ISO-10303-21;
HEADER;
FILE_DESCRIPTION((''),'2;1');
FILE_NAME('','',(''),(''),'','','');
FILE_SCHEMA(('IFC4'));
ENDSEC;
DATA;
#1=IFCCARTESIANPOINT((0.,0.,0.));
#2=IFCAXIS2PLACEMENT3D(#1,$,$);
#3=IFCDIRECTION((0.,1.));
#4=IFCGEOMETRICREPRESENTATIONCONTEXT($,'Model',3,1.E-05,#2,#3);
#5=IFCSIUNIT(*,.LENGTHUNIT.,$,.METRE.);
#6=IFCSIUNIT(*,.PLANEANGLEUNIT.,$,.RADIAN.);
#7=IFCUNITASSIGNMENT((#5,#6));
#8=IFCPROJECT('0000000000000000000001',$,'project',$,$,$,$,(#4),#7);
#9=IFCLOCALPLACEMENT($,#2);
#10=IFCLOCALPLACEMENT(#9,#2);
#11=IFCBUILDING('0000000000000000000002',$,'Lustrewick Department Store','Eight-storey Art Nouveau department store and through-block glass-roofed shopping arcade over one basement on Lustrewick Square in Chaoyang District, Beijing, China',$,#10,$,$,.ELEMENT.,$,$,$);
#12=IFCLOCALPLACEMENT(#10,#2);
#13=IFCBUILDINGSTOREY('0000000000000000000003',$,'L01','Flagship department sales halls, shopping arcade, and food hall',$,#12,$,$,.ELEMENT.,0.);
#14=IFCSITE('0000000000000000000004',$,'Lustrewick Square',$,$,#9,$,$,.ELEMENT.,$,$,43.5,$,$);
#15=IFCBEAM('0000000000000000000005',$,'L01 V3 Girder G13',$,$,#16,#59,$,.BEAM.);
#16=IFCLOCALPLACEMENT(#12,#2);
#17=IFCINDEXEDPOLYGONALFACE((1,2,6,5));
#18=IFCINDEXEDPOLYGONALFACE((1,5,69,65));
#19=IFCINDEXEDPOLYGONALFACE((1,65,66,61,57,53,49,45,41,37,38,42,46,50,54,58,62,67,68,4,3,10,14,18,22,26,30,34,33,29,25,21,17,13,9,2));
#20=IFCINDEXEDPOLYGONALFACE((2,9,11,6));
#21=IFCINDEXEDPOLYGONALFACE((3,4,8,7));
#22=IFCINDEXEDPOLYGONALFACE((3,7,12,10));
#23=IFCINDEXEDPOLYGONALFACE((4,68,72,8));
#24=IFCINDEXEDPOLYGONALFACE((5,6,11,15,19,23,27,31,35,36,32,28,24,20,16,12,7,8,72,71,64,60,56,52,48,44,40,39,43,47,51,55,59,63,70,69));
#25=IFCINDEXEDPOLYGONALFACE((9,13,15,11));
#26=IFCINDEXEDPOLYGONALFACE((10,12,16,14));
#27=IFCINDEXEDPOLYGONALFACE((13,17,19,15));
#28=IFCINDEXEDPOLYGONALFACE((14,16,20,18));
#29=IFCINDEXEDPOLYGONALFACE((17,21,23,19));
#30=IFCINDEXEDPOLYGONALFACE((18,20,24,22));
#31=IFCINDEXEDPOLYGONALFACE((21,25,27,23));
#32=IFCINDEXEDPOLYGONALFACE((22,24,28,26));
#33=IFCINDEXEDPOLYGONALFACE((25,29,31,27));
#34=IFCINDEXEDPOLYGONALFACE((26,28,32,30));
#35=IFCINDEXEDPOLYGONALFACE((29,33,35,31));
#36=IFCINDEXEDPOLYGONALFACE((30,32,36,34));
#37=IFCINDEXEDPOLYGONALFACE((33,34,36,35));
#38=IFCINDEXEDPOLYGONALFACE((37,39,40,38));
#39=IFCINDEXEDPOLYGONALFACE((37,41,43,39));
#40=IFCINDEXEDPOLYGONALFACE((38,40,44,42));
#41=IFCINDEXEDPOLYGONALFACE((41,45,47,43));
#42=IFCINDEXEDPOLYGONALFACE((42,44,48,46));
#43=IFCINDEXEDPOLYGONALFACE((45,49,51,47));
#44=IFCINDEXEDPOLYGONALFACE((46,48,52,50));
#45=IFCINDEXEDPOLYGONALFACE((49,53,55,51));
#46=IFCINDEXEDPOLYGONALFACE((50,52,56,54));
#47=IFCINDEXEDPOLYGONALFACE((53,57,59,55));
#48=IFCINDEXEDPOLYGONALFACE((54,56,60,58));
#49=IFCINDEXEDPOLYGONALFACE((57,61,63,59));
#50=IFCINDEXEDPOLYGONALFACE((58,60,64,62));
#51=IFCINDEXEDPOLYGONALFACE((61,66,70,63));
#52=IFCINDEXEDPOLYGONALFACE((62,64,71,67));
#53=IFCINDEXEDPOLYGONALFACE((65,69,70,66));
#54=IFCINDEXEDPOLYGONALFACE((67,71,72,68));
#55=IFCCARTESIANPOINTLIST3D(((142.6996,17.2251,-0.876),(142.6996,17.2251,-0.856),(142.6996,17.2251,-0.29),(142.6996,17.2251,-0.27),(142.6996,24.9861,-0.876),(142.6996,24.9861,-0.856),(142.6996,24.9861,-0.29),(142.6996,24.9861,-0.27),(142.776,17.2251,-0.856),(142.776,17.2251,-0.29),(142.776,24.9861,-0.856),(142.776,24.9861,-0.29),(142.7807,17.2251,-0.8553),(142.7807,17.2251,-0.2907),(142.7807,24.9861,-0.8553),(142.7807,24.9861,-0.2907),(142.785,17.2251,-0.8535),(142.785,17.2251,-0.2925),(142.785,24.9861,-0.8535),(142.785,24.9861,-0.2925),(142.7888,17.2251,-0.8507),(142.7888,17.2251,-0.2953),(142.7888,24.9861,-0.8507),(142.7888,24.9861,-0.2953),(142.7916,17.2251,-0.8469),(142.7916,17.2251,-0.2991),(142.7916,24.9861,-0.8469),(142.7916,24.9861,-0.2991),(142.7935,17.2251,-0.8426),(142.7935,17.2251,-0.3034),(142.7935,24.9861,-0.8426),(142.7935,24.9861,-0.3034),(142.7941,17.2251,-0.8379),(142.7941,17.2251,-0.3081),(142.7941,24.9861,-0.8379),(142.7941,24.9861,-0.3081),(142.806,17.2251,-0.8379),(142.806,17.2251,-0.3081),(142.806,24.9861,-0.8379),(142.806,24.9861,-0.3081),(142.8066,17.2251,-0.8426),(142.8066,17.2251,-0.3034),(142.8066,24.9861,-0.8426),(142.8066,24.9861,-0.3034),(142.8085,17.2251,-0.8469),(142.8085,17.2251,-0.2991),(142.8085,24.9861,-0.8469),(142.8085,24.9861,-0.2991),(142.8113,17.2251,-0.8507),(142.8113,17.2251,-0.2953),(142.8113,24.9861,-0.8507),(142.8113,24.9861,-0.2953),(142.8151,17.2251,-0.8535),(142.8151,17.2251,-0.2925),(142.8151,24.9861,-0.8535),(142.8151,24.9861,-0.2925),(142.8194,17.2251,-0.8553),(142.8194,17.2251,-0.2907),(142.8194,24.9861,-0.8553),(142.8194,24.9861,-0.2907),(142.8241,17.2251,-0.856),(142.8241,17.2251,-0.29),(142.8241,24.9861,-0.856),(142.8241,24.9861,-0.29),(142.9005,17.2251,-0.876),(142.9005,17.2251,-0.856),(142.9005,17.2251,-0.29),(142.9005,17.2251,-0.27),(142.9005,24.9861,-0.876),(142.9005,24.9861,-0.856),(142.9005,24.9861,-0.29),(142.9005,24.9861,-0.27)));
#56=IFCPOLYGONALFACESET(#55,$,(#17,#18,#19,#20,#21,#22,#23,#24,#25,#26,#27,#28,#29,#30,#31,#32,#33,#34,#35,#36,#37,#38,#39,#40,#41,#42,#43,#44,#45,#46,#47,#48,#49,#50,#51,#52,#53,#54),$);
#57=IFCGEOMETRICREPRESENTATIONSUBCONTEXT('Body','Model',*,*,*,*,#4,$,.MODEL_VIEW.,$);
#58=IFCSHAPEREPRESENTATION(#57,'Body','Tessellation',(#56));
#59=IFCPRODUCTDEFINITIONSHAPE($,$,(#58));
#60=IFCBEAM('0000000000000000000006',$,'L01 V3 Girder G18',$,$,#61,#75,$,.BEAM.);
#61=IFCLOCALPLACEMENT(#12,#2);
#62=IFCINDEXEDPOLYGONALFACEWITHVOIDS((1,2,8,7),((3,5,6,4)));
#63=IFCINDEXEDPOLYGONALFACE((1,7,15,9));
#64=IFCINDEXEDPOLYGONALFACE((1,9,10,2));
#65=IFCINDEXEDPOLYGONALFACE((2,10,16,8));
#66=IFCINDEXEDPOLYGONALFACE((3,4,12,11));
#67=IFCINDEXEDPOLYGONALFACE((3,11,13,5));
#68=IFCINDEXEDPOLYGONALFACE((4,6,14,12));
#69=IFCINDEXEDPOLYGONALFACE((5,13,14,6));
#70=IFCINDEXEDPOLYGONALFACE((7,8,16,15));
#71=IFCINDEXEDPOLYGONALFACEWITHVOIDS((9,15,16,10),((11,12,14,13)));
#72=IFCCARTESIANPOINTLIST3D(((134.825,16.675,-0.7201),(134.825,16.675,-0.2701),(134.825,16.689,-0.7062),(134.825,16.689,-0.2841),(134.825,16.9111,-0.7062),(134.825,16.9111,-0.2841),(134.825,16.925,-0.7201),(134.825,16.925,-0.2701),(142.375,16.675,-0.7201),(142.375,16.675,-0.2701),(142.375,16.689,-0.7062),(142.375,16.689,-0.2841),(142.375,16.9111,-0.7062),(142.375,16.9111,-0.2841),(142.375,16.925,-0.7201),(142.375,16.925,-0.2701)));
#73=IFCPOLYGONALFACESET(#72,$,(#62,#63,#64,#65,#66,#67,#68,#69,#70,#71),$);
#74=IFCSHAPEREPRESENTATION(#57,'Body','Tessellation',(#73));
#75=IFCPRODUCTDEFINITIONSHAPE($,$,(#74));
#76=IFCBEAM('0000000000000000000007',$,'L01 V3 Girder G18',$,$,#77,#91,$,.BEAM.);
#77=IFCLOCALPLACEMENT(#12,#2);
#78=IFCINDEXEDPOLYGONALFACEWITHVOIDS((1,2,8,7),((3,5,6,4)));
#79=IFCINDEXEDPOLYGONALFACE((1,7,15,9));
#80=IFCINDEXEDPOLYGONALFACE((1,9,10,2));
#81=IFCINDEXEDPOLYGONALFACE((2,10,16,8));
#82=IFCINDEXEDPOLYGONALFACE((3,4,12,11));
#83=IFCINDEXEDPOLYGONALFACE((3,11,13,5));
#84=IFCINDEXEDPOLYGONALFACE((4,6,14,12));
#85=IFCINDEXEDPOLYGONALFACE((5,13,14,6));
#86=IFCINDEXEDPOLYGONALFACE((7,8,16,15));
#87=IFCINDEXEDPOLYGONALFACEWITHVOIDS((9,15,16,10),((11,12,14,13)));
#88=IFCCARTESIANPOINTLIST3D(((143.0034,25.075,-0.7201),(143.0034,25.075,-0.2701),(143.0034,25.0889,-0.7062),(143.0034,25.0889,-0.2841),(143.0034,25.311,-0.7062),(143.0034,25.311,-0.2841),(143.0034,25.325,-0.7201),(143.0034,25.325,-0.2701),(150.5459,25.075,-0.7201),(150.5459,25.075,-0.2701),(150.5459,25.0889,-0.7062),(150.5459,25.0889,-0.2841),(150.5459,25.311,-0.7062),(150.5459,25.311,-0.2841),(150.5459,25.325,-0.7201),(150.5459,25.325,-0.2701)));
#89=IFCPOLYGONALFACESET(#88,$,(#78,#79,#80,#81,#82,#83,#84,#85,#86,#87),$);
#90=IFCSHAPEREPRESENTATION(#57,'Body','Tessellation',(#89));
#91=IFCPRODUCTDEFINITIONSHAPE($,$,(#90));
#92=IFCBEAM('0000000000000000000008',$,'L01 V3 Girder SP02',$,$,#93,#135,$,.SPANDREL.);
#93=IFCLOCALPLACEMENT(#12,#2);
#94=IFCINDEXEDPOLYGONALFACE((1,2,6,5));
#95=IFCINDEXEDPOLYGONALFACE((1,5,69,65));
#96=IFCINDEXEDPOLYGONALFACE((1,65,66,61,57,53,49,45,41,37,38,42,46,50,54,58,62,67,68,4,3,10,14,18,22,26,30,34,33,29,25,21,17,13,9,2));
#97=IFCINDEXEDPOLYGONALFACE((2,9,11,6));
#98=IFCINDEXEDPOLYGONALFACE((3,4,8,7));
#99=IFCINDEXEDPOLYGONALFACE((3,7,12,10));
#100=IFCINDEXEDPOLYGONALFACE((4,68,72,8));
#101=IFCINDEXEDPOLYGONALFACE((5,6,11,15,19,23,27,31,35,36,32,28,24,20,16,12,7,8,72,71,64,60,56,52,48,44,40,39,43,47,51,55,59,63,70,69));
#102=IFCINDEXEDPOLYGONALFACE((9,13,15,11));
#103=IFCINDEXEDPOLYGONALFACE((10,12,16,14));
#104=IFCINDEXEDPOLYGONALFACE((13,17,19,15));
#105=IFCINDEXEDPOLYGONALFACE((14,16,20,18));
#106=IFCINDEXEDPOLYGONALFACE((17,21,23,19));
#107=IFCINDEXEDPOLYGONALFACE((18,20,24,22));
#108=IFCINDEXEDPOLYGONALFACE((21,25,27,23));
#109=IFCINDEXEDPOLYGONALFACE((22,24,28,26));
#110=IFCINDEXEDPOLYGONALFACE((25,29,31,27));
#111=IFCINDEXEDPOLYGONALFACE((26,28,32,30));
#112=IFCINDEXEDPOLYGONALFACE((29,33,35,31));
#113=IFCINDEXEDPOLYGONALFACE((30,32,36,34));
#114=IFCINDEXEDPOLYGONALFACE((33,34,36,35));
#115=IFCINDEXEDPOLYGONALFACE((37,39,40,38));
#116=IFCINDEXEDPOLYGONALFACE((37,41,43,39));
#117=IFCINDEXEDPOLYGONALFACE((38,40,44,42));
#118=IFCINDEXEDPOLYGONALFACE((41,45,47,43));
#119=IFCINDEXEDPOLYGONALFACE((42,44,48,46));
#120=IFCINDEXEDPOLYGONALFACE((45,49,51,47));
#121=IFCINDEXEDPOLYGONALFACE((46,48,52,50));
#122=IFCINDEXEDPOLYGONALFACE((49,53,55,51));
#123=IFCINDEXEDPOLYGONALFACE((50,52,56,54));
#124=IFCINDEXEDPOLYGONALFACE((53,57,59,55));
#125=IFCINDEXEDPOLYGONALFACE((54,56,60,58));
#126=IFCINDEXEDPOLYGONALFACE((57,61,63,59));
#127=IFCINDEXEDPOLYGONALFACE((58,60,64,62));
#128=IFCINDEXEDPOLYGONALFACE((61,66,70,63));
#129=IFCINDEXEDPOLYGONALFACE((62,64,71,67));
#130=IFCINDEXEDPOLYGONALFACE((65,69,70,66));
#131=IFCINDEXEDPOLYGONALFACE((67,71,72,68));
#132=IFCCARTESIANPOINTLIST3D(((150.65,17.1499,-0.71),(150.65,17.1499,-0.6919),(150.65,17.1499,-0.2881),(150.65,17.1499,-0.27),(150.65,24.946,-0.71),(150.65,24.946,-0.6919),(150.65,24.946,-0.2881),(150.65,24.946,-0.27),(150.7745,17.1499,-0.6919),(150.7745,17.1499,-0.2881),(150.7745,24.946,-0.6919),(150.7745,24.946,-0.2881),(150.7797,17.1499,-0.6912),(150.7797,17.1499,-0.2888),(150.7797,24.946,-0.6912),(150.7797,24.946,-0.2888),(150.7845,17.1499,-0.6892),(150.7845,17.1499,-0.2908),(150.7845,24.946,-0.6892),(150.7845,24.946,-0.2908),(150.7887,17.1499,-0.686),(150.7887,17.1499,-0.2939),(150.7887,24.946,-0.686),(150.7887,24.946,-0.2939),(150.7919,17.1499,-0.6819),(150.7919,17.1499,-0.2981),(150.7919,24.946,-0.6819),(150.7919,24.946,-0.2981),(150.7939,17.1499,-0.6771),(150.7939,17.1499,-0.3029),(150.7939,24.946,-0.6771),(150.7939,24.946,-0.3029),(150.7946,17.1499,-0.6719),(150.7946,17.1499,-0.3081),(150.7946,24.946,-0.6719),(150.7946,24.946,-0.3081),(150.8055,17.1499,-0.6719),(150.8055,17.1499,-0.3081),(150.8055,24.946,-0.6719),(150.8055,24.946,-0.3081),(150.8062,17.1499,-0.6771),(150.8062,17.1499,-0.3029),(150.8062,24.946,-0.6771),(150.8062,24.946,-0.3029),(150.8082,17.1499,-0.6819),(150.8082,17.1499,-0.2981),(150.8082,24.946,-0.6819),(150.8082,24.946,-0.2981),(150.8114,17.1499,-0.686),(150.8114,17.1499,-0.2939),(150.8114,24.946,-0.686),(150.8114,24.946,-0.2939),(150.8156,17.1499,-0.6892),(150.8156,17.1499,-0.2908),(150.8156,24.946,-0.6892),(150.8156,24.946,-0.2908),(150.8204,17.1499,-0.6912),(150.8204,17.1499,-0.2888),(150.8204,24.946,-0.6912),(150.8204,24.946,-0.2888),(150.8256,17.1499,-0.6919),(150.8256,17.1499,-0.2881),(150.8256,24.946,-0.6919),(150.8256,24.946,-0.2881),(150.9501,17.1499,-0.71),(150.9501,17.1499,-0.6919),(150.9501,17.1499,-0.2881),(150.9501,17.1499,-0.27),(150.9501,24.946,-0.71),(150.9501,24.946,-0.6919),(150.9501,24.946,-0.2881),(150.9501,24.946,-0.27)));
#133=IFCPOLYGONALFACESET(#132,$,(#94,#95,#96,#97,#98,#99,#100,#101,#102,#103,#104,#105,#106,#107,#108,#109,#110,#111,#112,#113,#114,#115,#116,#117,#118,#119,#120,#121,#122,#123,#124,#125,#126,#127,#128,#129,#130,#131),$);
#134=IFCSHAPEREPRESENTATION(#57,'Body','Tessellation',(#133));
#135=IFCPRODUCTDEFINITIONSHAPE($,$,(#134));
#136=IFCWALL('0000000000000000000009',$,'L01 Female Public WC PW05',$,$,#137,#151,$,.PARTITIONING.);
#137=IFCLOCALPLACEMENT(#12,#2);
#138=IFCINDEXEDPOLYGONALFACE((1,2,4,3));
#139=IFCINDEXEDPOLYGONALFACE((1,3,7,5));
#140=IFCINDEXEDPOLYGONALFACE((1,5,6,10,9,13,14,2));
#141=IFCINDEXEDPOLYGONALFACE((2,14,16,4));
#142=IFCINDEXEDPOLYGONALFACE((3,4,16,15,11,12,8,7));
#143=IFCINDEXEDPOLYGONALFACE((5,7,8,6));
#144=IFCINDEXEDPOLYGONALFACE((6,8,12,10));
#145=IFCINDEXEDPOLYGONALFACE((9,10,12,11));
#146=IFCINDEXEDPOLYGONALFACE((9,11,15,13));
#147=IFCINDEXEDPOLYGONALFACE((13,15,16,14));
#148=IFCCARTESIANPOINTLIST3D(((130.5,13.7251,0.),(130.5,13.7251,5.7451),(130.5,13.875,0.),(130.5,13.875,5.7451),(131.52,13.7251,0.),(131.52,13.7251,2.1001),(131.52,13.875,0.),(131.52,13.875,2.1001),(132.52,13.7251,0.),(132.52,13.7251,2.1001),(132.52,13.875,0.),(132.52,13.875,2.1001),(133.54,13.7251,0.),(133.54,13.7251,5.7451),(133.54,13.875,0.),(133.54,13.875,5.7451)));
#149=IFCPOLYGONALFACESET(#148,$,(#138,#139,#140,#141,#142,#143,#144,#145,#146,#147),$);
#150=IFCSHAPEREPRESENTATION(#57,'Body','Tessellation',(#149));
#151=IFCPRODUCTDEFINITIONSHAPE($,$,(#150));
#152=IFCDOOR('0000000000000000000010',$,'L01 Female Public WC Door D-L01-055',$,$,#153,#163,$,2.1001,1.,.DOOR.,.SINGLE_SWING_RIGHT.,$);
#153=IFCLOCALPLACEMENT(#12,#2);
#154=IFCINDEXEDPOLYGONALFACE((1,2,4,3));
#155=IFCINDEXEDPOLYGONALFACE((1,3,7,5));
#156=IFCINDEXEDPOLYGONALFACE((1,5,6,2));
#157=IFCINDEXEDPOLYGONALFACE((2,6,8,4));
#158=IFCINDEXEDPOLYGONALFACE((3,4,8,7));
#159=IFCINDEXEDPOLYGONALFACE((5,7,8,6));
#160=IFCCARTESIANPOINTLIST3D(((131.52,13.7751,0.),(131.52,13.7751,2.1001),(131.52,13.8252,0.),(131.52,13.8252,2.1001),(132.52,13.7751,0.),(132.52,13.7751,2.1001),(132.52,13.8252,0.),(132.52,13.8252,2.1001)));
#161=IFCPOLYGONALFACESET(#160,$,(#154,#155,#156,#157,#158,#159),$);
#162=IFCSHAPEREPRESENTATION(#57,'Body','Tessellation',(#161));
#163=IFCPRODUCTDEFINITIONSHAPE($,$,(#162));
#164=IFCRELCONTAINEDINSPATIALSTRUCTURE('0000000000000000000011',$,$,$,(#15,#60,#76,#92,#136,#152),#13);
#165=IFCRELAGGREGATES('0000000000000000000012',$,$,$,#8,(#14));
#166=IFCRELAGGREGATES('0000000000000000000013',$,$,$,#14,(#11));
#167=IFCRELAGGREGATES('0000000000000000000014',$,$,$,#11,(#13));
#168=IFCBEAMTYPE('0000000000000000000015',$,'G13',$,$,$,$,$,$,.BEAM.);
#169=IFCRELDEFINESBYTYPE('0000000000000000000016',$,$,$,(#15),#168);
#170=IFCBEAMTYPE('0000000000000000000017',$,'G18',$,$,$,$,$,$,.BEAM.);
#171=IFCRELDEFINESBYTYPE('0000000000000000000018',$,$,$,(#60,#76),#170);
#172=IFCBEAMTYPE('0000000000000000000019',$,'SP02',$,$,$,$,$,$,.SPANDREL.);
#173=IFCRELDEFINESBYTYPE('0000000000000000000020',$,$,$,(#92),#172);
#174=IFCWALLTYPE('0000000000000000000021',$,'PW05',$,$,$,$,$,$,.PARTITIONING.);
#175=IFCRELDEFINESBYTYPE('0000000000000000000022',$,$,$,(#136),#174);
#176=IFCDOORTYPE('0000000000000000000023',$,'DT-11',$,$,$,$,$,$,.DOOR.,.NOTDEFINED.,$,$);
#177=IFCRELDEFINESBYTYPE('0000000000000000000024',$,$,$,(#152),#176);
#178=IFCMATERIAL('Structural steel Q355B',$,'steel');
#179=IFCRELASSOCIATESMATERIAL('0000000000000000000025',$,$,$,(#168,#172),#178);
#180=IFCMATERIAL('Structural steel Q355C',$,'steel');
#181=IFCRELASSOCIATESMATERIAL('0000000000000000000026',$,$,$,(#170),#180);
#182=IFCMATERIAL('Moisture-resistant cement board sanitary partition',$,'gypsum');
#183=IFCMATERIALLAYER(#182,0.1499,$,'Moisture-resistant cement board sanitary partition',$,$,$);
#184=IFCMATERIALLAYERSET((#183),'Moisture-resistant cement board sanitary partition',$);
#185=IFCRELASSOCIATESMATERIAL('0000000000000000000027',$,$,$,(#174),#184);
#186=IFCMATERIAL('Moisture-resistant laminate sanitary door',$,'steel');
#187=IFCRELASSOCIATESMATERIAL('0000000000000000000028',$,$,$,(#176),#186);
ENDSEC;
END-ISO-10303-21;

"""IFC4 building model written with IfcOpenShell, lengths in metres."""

from ifc_helpers import new_model, si_unit, direction, frame, frame_2d, origin, origin_2d, place, context, subcontext, project, spatial, rectangle, hollow_rectangle, i_section, extrude, material, layer, layer_set, material_profile, profile_set, type_object, element, fill, save


model = new_model("IFC4")

# Units and contexts
model_context = context("Model", 3, precision=1e-05, world=origin(), true_north=direction((0.0, 1.0)))
body_context = subcontext(model_context, "Body", "Model", "MODEL_VIEW")
ifc_project = project(units=[si_unit("LENGTHUNIT", "METRE"), si_unit("PLANEANGLEUNIT", "RADIAN")], contexts=[model_context])

# Site, building, storey
site_placement = place(None, origin())
site = spatial("IfcSite", under=ifc_project, at=site_placement, Name="Lustrewick Square", CompositionType="ELEMENT", RefElevation=43.5)
building_placement = place(site_placement, origin())
building = spatial("IfcBuilding", under=site, at=building_placement, Name="Lustrewick Department Store", Description="Eight-storey Art Nouveau department store and through-block glass-roofed shopping arcade over one basement on Lustrewick Square in Chaoyang District, Beijing, China", CompositionType="ELEMENT")
storey_placement = place(building_placement, origin())
storey = spatial("IfcBuildingStorey", under=building, at=storey_placement, Name="L01", Description="Flagship department sales halls, shopping arcade, and food hall", CompositionType="ELEMENT", Elevation=0.0)

# Shared definitions
ifc_material_1 = material(Name="Structural steel Q355C", Category="steel")
ifc_material_2 = material(Name="Structural steel Q355B", Category="steel")

# Beams
ifc_material_profile_1 = material_profile(ifc_material_2, i_section(OverallWidth=0.2009, OverallDepth=0.606, WebThickness=0.012, FlangeThickness=0.02, FilletRadius=0.0181, at=origin_2d()), Name="HN 606x201x12x20")
ifc_profile_set_1 = profile_set([ifc_material_profile_1], Name="Structural steel Q355B")
beam_type_1 = type_object("IfcBeamType", Name="G13", PredefinedType="BEAM", material=ifc_profile_set_1)
beam_1_placement = place(storey_placement, frame((142.8, 17.2251, -0.573), z_axis=(0.0, 1.0, 0.0), x_axis=(-1.0, 0.0, 0.0)))
element("IfcBeam", 1, at=beam_1_placement, inside=storey, type_object=beam_type_1, Name="L01 V3 Girder G13", PredefinedType="BEAM", context=body_context, shape_type="SweptSolid", body=[
    extrude(i_section(OverallWidth=0.2009, OverallDepth=0.606, WebThickness=0.012, FlangeThickness=0.02, FilletRadius=0.0181, at=origin_2d()), origin(), (0.0, 0.0, 1.0), 7.761),
])
ifc_material_profile_2 = material_profile(ifc_material_1, hollow_rectangle(XDim=0.25, YDim=0.45, WallThickness=0.0139, at=origin_2d()), Name="RHS 450x250x14")
ifc_profile_set_2 = profile_set([ifc_material_profile_2], Name="Structural steel Q355C")
beam_type_2 = type_object("IfcBeamType", Name="G18", PredefinedType="BEAM", material=ifc_profile_set_2)
beam_2_placement = place(storey_placement, frame((134.825, 16.8, -0.4951), z_axis=(1.0, 0.0, 0.0), x_axis=(0.0, 1.0, 0.0)))
element("IfcBeam", 2, at=beam_2_placement, inside=storey, type_object=beam_type_2, Name="L01 V3 Girder G18", PredefinedType="BEAM", context=body_context, shape_type="SweptSolid", body=[
    extrude(hollow_rectangle(XDim=0.25, YDim=0.45, WallThickness=0.0139, at=origin_2d()), origin(), (0.0, 0.0, 1.0), 7.55),
])
beam_3_placement = place(storey_placement, frame((143.0034, 25.2, -0.4951), z_axis=(1.0, 0.0, 0.0), x_axis=(0.0, 1.0, 0.0)))
element("IfcBeam", 3, at=beam_3_placement, inside=storey, type_object=beam_type_2, Name="L01 V3 Girder G18", PredefinedType="BEAM", context=body_context, shape_type="SweptSolid", body=[
    extrude(hollow_rectangle(XDim=0.25, YDim=0.45, WallThickness=0.0139, at=origin_2d()), origin(), (0.0, 0.0, 1.0), 7.5425),
])
ifc_material_profile_3 = material_profile(ifc_material_2, i_section(OverallWidth=0.3, OverallDepth=0.4399, WebThickness=0.011, FlangeThickness=0.0181, FilletRadius=0.02, at=origin_2d()), Name="HM 440x300x11x18")
ifc_profile_set_3 = profile_set([ifc_material_profile_3], Name="Structural steel Q355B")
beam_type_3 = type_object("IfcBeamType", Name="SP02", PredefinedType="SPANDREL", material=ifc_profile_set_3)
beam_4_placement = place(storey_placement, frame((150.8, 17.1499, -0.49), z_axis=(0.0, 1.0, 0.0), x_axis=(-1.0, 0.0, 0.0)))
element("IfcBeam", 4, at=beam_4_placement, inside=storey, type_object=beam_type_3, Name="L01 V3 Girder SP02", PredefinedType="SPANDREL", context=body_context, shape_type="SweptSolid", body=[
    extrude(i_section(OverallWidth=0.3, OverallDepth=0.4399, WebThickness=0.011, FlangeThickness=0.0181, FilletRadius=0.02, at=origin_2d()), origin(), (0.0, 0.0, 1.0), 7.7961),
])

# Wall, opening, door
ifc_material_3 = material(Name="Moisture-resistant cement board sanitary partition", Category="gypsum")
ifc_layer_1 = layer(ifc_material_3, 0.1499, Name="Moisture-resistant cement board sanitary partition")
ifc_layer_set_1 = layer_set([ifc_layer_1], Name="Moisture-resistant cement board sanitary partition")
wall_type_1 = type_object("IfcWallType", Name="PW05", PredefinedType="PARTITIONING", material=ifc_layer_set_1)
wall_1_placement = place(storey_placement, frame((133.54, 13.8, 0.0), z_axis=(0.0, 0.0, 1.0), x_axis=(-1.0, 0.0, 0.0)))
wall_1 = element("IfcWall", 5, at=wall_1_placement, inside=storey, type_object=wall_type_1, Name="L01 Female Public WC PW05", PredefinedType="PARTITIONING", context=body_context, shape_type="SweptSolid", body=[
    extrude(rectangle(XDim=3.04, YDim=0.1499, at=frame_2d((1.52, 0.0))), origin(), (0.0, 0.0, 1.0), 5.7451),
])
opening_1_placement = place(wall_1_placement, frame((1.02, 0.0, 0.0)))
opening_1 = element("IfcOpeningElement", 6, at=opening_1_placement, cuts=wall_1, PredefinedType="OPENING", context=body_context, shape_type="SweptSolid", body=[
    extrude(rectangle(XDim=1.0, YDim=2.1001, at=frame_2d((0.5, 1.05))), frame((0.0, 0.085, 0.0), z_axis=(0.0, -1.0, 0.0), x_axis=(1.0, 0.0, 0.0)), (0.0, 0.0, 1.0), 0.1699),
])
ifc_material_4 = material(Name="Moisture-resistant laminate sanitary door", Category="steel")
door_type_1 = type_object("IfcDoorType", Name="DT-11", OperationType="NOTDEFINED", PredefinedType="DOOR", material=ifc_material_4)
door_1_placement = place(opening_1_placement, origin())
door_1 = element("IfcDoor", 7, at=door_1_placement, inside=storey, type_object=door_type_1, Name="L01 Female Public WC Door D-L01-055", OperationType="SINGLE_SWING_RIGHT", OverallHeight=2.1001, OverallWidth=1.0, PredefinedType="DOOR", context=body_context, shape_type="SweptSolid", body=[
    extrude(rectangle(XDim=1.0, YDim=2.1001, at=frame_2d((0.5, 1.05))), frame((0.0, 0.0249, 0.0), z_axis=(0.0, -1.0, 0.0), x_axis=(1.0, 0.0, 0.0)), (0.0, 0.0, 1.0), 0.05),
])
fill(opening_1, door_1)

save(model, "model.ifc")
